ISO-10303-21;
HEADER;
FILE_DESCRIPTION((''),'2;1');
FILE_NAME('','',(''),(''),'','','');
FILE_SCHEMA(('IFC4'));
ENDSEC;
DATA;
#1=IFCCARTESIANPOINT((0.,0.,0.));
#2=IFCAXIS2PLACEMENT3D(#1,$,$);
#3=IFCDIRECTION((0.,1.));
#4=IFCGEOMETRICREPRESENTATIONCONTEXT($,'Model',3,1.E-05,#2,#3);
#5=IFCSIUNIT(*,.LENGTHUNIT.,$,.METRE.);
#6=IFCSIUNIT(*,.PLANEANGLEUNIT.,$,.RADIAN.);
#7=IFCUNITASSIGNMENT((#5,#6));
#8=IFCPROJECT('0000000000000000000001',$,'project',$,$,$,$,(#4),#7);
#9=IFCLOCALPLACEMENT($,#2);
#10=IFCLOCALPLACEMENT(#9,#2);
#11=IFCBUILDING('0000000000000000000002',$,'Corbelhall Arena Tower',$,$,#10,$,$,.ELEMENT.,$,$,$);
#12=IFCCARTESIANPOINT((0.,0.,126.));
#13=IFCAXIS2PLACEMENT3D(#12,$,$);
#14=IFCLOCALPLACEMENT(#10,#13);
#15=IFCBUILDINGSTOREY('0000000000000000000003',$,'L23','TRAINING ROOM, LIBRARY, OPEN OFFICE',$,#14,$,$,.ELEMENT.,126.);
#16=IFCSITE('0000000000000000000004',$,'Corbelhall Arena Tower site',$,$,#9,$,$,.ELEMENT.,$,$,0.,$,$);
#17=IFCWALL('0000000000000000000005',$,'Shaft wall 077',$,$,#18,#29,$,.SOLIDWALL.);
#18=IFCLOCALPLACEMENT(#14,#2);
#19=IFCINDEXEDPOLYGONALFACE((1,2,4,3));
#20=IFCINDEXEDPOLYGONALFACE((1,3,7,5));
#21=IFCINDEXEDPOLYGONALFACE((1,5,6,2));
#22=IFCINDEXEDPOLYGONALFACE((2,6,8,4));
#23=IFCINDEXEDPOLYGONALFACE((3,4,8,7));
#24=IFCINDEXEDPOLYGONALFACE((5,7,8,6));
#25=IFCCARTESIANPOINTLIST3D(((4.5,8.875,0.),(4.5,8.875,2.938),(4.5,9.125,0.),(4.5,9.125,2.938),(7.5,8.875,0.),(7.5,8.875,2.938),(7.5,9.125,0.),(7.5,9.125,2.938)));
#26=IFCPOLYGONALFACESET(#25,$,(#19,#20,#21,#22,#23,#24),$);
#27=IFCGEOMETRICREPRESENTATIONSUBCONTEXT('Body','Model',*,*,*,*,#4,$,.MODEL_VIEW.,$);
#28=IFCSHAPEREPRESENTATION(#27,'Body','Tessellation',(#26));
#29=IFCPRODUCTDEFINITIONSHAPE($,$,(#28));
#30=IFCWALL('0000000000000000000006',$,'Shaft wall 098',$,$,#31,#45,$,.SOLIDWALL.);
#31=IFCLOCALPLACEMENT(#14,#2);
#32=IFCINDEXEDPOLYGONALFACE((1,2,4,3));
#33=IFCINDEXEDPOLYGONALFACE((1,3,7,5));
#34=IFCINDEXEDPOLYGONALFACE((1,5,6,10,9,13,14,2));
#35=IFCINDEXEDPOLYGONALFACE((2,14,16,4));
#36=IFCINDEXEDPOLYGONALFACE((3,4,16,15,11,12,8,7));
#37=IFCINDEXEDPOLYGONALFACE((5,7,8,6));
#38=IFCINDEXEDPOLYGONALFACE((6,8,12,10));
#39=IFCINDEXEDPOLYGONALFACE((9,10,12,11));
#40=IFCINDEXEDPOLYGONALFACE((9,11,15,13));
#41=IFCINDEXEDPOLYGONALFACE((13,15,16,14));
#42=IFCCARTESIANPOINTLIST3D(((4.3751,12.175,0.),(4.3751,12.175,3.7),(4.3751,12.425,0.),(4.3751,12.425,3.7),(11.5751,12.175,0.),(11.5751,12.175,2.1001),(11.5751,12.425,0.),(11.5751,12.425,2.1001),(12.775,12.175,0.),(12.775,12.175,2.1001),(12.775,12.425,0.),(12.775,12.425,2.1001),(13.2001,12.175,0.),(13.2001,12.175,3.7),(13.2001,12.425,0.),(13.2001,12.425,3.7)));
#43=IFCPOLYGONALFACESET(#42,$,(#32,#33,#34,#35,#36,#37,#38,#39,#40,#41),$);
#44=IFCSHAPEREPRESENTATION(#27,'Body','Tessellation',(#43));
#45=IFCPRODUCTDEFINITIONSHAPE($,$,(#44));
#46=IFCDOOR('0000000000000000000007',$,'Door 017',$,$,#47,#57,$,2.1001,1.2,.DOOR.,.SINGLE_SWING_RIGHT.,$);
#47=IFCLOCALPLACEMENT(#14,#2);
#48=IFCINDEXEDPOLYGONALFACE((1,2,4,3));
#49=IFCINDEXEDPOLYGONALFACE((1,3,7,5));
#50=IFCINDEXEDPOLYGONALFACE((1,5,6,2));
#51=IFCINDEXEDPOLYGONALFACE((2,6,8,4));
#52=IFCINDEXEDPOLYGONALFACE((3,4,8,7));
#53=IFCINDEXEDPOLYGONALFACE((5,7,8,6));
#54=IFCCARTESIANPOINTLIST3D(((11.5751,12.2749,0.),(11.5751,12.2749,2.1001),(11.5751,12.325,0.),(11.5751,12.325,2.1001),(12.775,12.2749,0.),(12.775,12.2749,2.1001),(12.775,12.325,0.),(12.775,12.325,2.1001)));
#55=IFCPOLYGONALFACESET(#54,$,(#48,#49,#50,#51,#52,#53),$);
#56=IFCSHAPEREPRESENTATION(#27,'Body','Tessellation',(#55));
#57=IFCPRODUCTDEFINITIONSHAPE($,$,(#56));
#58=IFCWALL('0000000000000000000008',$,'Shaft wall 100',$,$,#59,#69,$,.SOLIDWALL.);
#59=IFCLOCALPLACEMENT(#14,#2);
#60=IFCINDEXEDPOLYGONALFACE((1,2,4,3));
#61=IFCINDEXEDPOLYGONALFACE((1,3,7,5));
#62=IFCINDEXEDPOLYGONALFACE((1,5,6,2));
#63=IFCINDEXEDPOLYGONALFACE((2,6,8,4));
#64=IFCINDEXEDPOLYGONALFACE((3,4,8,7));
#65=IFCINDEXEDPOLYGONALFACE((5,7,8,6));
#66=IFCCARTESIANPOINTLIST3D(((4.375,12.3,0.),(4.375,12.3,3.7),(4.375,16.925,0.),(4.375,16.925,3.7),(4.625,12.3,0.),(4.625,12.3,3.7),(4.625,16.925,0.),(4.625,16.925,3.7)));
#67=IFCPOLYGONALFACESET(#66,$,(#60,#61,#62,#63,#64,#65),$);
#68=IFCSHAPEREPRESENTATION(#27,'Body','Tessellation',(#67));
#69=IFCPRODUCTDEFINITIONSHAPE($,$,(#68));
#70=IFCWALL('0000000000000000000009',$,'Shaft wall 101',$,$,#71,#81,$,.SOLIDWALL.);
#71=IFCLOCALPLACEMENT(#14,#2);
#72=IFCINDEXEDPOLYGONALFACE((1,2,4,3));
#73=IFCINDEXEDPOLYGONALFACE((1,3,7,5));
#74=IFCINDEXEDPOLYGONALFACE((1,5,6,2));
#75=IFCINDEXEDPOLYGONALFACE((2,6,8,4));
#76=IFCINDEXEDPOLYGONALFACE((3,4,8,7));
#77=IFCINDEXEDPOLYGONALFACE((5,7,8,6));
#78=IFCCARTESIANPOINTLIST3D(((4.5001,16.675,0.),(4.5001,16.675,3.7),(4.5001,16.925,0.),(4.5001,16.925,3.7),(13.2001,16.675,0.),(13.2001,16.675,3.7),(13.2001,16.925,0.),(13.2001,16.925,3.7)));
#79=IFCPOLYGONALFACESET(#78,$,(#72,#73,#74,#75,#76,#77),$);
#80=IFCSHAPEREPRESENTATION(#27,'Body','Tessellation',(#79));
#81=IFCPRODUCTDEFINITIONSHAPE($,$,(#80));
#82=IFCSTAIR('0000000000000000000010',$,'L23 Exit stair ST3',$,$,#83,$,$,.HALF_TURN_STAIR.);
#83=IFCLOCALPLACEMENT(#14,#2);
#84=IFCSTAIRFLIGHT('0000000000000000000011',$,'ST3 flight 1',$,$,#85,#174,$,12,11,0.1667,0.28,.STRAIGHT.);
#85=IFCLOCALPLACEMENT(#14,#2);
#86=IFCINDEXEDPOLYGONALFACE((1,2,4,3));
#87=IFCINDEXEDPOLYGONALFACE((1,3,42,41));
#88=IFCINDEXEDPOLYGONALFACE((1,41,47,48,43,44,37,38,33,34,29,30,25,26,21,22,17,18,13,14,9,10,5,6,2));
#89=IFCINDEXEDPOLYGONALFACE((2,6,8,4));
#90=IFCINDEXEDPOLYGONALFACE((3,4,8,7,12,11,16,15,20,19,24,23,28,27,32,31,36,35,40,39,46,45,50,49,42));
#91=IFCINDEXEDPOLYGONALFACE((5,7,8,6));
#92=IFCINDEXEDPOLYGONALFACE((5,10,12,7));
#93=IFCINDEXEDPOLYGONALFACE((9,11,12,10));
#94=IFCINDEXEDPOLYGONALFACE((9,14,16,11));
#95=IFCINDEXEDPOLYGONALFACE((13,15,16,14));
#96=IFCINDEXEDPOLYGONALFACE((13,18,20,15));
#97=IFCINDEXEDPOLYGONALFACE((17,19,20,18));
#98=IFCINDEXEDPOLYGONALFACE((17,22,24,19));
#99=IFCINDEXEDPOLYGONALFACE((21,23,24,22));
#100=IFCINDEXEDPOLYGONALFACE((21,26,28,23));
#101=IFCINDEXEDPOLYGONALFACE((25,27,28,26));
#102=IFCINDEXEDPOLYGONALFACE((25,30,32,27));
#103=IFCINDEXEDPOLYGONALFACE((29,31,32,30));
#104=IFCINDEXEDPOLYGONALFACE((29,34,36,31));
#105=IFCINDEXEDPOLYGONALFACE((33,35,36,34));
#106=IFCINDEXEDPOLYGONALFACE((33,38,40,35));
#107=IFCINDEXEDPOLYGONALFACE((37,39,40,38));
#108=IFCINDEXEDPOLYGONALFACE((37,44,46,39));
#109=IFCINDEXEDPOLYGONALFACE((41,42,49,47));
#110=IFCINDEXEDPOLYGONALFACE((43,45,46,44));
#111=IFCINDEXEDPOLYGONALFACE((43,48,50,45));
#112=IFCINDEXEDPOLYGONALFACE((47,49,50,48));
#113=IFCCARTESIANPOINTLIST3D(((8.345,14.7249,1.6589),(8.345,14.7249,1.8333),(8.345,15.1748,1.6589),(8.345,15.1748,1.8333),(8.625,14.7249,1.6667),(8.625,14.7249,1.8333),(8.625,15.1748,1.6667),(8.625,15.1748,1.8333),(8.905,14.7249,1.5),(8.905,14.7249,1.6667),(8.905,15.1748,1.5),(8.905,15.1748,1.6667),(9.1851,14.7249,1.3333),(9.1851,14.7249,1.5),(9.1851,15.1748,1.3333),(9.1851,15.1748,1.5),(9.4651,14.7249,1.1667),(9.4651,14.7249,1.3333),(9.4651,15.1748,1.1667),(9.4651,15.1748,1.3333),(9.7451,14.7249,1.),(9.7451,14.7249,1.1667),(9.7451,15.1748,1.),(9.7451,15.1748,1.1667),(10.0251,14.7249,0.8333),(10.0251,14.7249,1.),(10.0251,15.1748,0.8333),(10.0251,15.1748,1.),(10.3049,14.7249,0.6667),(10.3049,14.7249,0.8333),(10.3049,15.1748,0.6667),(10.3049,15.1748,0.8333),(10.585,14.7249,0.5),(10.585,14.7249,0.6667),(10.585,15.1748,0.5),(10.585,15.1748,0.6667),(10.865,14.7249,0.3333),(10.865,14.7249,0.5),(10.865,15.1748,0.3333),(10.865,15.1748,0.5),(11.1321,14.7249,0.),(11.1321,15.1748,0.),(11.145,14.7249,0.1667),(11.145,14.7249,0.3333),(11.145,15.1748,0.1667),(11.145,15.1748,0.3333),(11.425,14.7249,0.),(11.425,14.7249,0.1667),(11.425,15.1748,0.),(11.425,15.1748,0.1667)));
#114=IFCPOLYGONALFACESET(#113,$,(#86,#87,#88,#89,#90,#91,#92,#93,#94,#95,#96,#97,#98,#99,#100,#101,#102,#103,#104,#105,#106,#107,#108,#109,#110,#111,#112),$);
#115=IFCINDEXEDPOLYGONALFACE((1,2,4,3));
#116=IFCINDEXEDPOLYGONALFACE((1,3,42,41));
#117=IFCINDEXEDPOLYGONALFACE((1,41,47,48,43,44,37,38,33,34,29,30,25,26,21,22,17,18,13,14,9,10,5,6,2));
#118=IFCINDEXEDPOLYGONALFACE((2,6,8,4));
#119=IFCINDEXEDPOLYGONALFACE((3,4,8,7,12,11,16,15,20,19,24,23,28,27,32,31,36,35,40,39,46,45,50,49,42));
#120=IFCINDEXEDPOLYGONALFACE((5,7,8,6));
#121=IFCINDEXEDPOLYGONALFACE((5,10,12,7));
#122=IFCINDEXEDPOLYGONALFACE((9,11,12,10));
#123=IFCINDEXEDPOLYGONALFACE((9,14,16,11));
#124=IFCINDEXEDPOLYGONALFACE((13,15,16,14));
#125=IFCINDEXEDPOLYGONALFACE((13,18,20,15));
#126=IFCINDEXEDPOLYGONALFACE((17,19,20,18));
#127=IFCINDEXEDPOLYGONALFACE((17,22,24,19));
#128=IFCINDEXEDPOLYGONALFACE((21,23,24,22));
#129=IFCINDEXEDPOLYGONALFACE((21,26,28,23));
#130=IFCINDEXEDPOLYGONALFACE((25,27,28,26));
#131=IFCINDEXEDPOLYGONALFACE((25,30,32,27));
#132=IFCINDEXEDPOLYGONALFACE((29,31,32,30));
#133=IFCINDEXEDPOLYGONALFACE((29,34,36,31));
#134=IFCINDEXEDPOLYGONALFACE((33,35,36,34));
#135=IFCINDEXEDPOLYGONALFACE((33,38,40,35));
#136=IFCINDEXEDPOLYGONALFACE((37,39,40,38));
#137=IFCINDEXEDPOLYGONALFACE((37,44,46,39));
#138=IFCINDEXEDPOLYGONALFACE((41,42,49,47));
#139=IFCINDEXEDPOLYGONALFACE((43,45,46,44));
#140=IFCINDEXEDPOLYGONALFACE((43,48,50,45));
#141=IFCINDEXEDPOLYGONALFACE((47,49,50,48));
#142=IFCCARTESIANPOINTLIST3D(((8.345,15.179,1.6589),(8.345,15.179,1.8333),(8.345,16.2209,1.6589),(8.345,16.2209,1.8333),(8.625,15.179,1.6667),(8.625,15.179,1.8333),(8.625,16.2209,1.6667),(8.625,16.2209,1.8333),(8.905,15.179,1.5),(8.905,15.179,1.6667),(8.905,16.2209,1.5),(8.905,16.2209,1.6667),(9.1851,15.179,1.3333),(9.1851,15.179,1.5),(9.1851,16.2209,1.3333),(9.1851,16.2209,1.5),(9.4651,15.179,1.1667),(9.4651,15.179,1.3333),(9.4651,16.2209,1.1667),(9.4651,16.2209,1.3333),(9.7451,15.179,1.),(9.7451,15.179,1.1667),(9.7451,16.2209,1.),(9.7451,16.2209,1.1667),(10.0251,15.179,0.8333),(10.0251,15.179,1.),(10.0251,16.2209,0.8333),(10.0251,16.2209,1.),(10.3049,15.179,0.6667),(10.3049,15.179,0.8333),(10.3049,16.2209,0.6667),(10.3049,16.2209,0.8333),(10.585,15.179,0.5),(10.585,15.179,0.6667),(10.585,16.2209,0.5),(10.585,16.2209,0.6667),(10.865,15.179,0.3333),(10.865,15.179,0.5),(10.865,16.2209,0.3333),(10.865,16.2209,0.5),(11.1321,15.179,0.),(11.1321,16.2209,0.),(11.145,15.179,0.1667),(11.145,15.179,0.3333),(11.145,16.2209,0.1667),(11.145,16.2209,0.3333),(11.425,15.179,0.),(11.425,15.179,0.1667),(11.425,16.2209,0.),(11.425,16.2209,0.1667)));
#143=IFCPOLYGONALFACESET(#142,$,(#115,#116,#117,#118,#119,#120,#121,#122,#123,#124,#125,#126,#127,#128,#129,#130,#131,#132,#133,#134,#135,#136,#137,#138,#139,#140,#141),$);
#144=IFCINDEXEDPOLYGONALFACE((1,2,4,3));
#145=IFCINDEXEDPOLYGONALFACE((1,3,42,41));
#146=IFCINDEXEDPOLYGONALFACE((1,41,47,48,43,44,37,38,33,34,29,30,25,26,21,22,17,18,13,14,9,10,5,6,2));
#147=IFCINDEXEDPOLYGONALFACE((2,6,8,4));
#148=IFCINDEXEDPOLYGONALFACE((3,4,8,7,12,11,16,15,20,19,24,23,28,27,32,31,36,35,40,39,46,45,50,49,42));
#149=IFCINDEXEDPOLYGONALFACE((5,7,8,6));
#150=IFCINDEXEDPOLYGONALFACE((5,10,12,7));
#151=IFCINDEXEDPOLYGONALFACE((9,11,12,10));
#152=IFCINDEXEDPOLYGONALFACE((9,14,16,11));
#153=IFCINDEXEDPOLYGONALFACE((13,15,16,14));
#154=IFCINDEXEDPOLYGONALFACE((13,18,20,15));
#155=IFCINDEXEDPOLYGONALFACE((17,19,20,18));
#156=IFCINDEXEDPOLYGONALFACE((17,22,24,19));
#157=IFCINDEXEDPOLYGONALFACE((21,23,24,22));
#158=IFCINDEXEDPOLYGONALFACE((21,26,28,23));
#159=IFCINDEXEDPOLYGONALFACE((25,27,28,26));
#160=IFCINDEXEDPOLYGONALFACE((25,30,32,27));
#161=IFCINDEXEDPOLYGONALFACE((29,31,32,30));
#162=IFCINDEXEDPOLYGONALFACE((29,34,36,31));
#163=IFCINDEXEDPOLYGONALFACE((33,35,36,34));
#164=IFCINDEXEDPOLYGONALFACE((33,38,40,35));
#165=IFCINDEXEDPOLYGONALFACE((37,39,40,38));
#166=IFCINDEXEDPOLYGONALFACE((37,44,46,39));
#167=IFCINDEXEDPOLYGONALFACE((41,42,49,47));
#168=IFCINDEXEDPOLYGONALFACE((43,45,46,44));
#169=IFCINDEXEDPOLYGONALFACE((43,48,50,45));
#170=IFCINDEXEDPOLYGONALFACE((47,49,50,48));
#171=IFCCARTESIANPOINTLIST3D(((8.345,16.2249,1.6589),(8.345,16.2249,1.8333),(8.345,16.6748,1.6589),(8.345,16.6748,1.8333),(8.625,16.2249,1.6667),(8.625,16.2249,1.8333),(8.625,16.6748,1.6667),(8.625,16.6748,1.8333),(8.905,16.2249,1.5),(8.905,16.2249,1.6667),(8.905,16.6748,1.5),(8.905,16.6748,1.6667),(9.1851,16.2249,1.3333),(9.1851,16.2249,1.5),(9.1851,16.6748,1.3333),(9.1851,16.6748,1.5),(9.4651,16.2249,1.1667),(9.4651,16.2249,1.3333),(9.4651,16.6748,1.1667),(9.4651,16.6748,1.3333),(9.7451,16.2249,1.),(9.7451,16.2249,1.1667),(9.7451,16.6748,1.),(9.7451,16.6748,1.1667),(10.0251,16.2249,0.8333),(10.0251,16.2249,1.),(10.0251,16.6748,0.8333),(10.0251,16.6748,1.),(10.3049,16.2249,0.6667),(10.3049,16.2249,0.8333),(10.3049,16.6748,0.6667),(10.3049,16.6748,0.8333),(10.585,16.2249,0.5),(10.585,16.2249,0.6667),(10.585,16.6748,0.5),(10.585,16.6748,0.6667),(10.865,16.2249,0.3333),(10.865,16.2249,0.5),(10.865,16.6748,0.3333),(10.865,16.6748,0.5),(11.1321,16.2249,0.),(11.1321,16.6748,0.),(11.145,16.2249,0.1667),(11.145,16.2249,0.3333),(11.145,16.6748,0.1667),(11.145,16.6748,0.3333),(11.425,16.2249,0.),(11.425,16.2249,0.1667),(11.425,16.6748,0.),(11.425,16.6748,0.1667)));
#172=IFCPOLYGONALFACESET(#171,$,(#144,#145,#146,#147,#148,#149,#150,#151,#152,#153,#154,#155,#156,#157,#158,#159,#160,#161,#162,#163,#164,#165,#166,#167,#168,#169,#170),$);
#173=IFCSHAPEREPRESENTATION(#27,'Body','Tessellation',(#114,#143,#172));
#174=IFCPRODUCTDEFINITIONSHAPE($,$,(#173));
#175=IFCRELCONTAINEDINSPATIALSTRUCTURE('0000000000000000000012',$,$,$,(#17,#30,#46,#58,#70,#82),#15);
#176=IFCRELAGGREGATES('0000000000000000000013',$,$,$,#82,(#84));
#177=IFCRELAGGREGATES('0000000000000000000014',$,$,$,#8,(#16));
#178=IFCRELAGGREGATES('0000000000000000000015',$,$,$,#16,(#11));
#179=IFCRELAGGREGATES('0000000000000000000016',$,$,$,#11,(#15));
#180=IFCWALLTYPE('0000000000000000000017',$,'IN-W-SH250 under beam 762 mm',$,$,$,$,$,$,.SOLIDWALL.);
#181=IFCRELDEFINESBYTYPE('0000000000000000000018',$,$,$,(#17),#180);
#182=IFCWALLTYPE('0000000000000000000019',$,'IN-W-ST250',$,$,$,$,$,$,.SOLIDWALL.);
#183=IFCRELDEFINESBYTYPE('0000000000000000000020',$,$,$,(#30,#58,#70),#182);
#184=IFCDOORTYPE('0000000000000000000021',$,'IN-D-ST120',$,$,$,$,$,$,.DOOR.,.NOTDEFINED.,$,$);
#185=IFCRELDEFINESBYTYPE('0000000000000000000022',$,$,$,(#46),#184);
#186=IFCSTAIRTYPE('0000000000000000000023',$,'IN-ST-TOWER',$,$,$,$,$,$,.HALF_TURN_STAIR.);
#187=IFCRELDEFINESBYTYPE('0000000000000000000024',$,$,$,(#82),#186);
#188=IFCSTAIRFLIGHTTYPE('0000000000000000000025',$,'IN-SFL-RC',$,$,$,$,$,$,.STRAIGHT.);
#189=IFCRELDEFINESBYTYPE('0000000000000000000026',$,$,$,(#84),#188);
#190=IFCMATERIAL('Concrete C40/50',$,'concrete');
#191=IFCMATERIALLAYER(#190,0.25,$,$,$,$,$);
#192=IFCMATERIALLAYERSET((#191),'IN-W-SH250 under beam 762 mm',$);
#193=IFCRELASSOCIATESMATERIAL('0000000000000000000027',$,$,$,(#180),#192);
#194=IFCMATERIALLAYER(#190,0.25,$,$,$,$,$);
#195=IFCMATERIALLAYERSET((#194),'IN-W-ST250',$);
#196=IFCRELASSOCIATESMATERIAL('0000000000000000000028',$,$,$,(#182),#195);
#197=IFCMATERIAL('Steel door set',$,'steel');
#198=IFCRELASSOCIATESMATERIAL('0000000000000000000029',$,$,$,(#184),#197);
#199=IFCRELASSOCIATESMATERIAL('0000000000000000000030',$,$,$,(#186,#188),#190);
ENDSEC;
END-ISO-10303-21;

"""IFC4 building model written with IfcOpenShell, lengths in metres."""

from ifc_helpers import new_model, si_unit, direction, frame, frame_2d, origin, place, context, subcontext, project, spatial, polyline, rectangle, outline, extrude, material, layer, layer_set, type_object, element, fill, aggregate, save


model = new_model("IFC4")

# Units and contexts
model_context = context("Model", 3, precision=1e-05, world=origin(), true_north=direction((0.0, 1.0)))
body_context = subcontext(model_context, "Body", "Model", "MODEL_VIEW")
ifc_project = project(units=[si_unit("LENGTHUNIT", "METRE"), si_unit("PLANEANGLEUNIT", "RADIAN")], contexts=[model_context])

# Site, building, storey
site_placement = place(None, origin())
site = spatial("IfcSite", under=ifc_project, at=site_placement, Name="Corbelhall Arena Tower site", CompositionType="ELEMENT", RefElevation=0.0)
building_placement = place(site_placement, origin())
building = spatial("IfcBuilding", under=site, at=building_placement, Name="Corbelhall Arena Tower", CompositionType="ELEMENT")
storey_placement = place(building_placement, frame((0.0, 0.0, 126.0)))
storey = spatial("IfcBuildingStorey", under=building, at=storey_placement, Name="L23", Description="TRAINING ROOM, LIBRARY, OPEN OFFICE", CompositionType="ELEMENT", Elevation=126.0)

# Wall
ifc_material_1 = material(Name="Concrete C40/50", Category="concrete")
ifc_layer_1 = layer(ifc_material_1, 0.25)
ifc_layer_set_1 = layer_set([ifc_layer_1], Name="IN-W-SH250 under beam 762 mm")
wall_type_1 = type_object("IfcWallType", Name="IN-W-SH250 under beam 762 mm", PredefinedType="SOLIDWALL", material=ifc_layer_set_1)
wall_1_placement = place(storey_placement, frame((4.5, 9.0, 0.0), z_axis=(0.0, 0.0, 1.0), x_axis=(1.0, 0.0, 0.0)))
element("IfcWall", 1, at=wall_1_placement, inside=storey, type_object=wall_type_1, Name="Shaft wall 077", PredefinedType="SOLIDWALL", context=body_context, shape_type="SweptSolid", body=[
    extrude(rectangle(XDim=3.0, YDim=0.25, at=frame_2d((1.5, 0.0))), origin(), (0.0, 0.0, 1.0), 2.938),
])

# Wall, opening, door
ifc_layer_2 = layer(ifc_material_1, 0.25)
ifc_layer_set_2 = layer_set([ifc_layer_2], Name="IN-W-ST250")
wall_type_2 = type_object("IfcWallType", Name="IN-W-ST250", PredefinedType="SOLIDWALL", material=ifc_layer_set_2)
wall_2_placement = place(storey_placement, frame((4.375, 12.3, 0.0), z_axis=(0.0, 0.0, 1.0), x_axis=(1.0, 0.0, 0.0)))
wall_2 = element("IfcWall", 2, at=wall_2_placement, inside=storey, type_object=wall_type_2, Name="Shaft wall 098", PredefinedType="SOLIDWALL", context=body_context, shape_type="SweptSolid", body=[
    extrude(rectangle(XDim=8.825, YDim=0.25, at=frame_2d((4.4126, 0.0))), origin(), (0.0, 0.0, 1.0), 3.7),
])
opening_1_placement = place(wall_2_placement, frame((7.2, 0.0, 0.0)))
opening_1 = element("IfcOpeningElement", 3, at=opening_1_placement, cuts=wall_2, PredefinedType="OPENING", context=body_context, shape_type="SweptSolid", body=[
    extrude(rectangle(XDim=1.2, YDim=2.1001, at=frame_2d((0.6001, 1.05))), frame((0.0, 0.125, 0.0), z_axis=(0.0, -1.0, 0.0), x_axis=(1.0, 0.0, 0.0)), (0.0, 0.0, 1.0), 0.25),
])
ifc_material_2 = material(Name="Steel door set", Category="steel")
door_type = type_object("IfcDoorType", Name="IN-D-ST120", OperationType="NOTDEFINED", PredefinedType="DOOR", material=ifc_material_2)
door_placement = place(opening_1_placement, origin())
door = element("IfcDoor", 4, at=door_placement, inside=storey, type_object=door_type, Name="Door 017", OperationType="SINGLE_SWING_RIGHT", OverallHeight=2.1001, OverallWidth=1.2, PredefinedType="DOOR", context=body_context, shape_type="SweptSolid", body=[
    extrude(rectangle(XDim=1.2, YDim=2.1001, at=frame_2d((0.6001, 1.05))), frame((0.0, 0.0249, 0.0), z_axis=(0.0, -1.0, 0.0), x_axis=(1.0, 0.0, 0.0)), (0.0, 0.0, 1.0), 0.05),
])
fill(opening_1, door)

# Walls
wall_3_placement = place(storey_placement, frame((4.5, 12.3, 0.0), z_axis=(0.0, 0.0, 1.0), x_axis=(0.0, 1.0, 0.0)))
element("IfcWall", 5, at=wall_3_placement, inside=storey, type_object=wall_type_2, Name="Shaft wall 100", PredefinedType="SOLIDWALL", context=body_context, shape_type="SweptSolid", body=[
    extrude(rectangle(XDim=4.625, YDim=0.25, at=frame_2d((2.3125, 0.0))), origin(), (0.0, 0.0, 1.0), 3.7),
])
wall_4_placement = place(storey_placement, frame((4.5, 16.8, 0.0), z_axis=(0.0, 0.0, 1.0), x_axis=(1.0, 0.0, 0.0)))
element("IfcWall", 6, at=wall_4_placement, inside=storey, type_object=wall_type_2, Name="Shaft wall 101", PredefinedType="SOLIDWALL", context=body_context, shape_type="SweptSolid", body=[
    extrude(rectangle(XDim=8.7, YDim=0.25, at=frame_2d((4.3501, 0.0))), origin(), (0.0, 0.0, 1.0), 3.7),
])

# Stair, stair flight
stair_type = type_object("IfcStairType", Name="IN-ST-TOWER", PredefinedType="HALF_TURN_STAIR", material=ifc_material_1)
stair_placement = place(storey_placement, origin())
stair = element("IfcStair", 7, at=stair_placement, inside=storey, type_object=stair_type, Name="L23 Exit stair ST3", PredefinedType="HALF_TURN_STAIR")
stair_flight_type = type_object("IfcStairFlightType", Name="IN-SFL-RC", PredefinedType="STRAIGHT", material=ifc_material_1)
stair_flight_1_placement = place(storey_placement, frame((11.425, 15.7, 0.0), z_axis=(0.0, 0.0, 1.0), x_axis=(-1.0, 0.0, 0.0)))
stair_flight_1 = element("IfcStairFlight", 8, at=stair_flight_1_placement, type_object=stair_flight_type, Name="ST3 flight 1", NumberOfRisers=12, NumberOfTreads=11, PredefinedType="STRAIGHT", RiserHeight=0.1667, TreadLength=0.28, context=body_context, shape_type="SweptSolid", body=[
    extrude(outline(polyline([(0.0, 0.0), (0.0, 0.1667), (0.28, 0.1667), (0.28, 0.3333), (0.5601, 0.3333), (0.5601, 0.5), (0.8401, 0.5), (0.8401, 0.6667), (1.1201, 0.6667), (1.1201, 0.8333), (1.3999, 0.8333), (1.3999, 1.0), (1.6799, 1.0), (1.6799, 1.1667), (1.96, 1.1667), (1.96, 1.3333), (2.24, 1.3333), (2.24, 1.5), (2.52, 1.5), (2.52, 1.6667), (2.8, 1.6667), (2.8, 1.8333), (3.0801, 1.8333), (3.0801, 2.0), (3.0801, 1.6589), (0.293, 0.0), (0.0, 0.0)])), frame((0.0, 0.9751, 0.0), z_axis=(0.0, -1.0, 0.0), x_axis=(1.0, 0.0, 0.0)), (0.0, 0.0, 1.0), 0.45),
    extrude(outline(polyline([(0.0, 0.0), (0.0, 0.1667), (0.28, 0.1667), (0.28, 0.3333), (0.5601, 0.3333), (0.5601, 0.5), (0.8401, 0.5), (0.8401, 0.6667), (1.1201, 0.6667), (1.1201, 0.8333), (1.3999, 0.8333), (1.3999, 1.0), (1.6799, 1.0), (1.6799, 1.1667), (1.96, 1.1667), (1.96, 1.3333), (2.24, 1.3333), (2.24, 1.5), (2.52, 1.5), (2.52, 1.6667), (2.8, 1.6667), (2.8, 1.8333), (3.0801, 1.8333), (3.0801, 2.0), (3.0801, 1.6589), (0.293, 0.0), (0.0, 0.0)])), frame((0.0, 0.521, 0.0), z_axis=(0.0, -1.0, 0.0), x_axis=(1.0, 0.0, 0.0)), (0.0, 0.0, 1.0), 1.042),
    extrude(outline(polyline([(0.0, 0.0), (0.0, 0.1667), (0.28, 0.1667), (0.28, 0.3333), (0.5601, 0.3333), (0.5601, 0.5), (0.8401, 0.5), (0.8401, 0.6667), (1.1201, 0.6667), (1.1201, 0.8333), (1.3999, 0.8333), (1.3999, 1.0), (1.6799, 1.0), (1.6799, 1.1667), (1.96, 1.1667), (1.96, 1.3333), (2.24, 1.3333), (2.24, 1.5), (2.52, 1.5), (2.52, 1.6667), (2.8, 1.6667), (2.8, 1.8333), (3.0801, 1.8333), (3.0801, 2.0), (3.0801, 1.6589), (0.293, 0.0), (0.0, 0.0)])), frame((0.0, -0.5249, 0.0), z_axis=(0.0, -1.0, 0.0), x_axis=(1.0, 0.0, 0.0)), (0.0, 0.0, 1.0), 0.45),
])
aggregate(stair, [stair_flight_1])

save(model, "model.ifc")
